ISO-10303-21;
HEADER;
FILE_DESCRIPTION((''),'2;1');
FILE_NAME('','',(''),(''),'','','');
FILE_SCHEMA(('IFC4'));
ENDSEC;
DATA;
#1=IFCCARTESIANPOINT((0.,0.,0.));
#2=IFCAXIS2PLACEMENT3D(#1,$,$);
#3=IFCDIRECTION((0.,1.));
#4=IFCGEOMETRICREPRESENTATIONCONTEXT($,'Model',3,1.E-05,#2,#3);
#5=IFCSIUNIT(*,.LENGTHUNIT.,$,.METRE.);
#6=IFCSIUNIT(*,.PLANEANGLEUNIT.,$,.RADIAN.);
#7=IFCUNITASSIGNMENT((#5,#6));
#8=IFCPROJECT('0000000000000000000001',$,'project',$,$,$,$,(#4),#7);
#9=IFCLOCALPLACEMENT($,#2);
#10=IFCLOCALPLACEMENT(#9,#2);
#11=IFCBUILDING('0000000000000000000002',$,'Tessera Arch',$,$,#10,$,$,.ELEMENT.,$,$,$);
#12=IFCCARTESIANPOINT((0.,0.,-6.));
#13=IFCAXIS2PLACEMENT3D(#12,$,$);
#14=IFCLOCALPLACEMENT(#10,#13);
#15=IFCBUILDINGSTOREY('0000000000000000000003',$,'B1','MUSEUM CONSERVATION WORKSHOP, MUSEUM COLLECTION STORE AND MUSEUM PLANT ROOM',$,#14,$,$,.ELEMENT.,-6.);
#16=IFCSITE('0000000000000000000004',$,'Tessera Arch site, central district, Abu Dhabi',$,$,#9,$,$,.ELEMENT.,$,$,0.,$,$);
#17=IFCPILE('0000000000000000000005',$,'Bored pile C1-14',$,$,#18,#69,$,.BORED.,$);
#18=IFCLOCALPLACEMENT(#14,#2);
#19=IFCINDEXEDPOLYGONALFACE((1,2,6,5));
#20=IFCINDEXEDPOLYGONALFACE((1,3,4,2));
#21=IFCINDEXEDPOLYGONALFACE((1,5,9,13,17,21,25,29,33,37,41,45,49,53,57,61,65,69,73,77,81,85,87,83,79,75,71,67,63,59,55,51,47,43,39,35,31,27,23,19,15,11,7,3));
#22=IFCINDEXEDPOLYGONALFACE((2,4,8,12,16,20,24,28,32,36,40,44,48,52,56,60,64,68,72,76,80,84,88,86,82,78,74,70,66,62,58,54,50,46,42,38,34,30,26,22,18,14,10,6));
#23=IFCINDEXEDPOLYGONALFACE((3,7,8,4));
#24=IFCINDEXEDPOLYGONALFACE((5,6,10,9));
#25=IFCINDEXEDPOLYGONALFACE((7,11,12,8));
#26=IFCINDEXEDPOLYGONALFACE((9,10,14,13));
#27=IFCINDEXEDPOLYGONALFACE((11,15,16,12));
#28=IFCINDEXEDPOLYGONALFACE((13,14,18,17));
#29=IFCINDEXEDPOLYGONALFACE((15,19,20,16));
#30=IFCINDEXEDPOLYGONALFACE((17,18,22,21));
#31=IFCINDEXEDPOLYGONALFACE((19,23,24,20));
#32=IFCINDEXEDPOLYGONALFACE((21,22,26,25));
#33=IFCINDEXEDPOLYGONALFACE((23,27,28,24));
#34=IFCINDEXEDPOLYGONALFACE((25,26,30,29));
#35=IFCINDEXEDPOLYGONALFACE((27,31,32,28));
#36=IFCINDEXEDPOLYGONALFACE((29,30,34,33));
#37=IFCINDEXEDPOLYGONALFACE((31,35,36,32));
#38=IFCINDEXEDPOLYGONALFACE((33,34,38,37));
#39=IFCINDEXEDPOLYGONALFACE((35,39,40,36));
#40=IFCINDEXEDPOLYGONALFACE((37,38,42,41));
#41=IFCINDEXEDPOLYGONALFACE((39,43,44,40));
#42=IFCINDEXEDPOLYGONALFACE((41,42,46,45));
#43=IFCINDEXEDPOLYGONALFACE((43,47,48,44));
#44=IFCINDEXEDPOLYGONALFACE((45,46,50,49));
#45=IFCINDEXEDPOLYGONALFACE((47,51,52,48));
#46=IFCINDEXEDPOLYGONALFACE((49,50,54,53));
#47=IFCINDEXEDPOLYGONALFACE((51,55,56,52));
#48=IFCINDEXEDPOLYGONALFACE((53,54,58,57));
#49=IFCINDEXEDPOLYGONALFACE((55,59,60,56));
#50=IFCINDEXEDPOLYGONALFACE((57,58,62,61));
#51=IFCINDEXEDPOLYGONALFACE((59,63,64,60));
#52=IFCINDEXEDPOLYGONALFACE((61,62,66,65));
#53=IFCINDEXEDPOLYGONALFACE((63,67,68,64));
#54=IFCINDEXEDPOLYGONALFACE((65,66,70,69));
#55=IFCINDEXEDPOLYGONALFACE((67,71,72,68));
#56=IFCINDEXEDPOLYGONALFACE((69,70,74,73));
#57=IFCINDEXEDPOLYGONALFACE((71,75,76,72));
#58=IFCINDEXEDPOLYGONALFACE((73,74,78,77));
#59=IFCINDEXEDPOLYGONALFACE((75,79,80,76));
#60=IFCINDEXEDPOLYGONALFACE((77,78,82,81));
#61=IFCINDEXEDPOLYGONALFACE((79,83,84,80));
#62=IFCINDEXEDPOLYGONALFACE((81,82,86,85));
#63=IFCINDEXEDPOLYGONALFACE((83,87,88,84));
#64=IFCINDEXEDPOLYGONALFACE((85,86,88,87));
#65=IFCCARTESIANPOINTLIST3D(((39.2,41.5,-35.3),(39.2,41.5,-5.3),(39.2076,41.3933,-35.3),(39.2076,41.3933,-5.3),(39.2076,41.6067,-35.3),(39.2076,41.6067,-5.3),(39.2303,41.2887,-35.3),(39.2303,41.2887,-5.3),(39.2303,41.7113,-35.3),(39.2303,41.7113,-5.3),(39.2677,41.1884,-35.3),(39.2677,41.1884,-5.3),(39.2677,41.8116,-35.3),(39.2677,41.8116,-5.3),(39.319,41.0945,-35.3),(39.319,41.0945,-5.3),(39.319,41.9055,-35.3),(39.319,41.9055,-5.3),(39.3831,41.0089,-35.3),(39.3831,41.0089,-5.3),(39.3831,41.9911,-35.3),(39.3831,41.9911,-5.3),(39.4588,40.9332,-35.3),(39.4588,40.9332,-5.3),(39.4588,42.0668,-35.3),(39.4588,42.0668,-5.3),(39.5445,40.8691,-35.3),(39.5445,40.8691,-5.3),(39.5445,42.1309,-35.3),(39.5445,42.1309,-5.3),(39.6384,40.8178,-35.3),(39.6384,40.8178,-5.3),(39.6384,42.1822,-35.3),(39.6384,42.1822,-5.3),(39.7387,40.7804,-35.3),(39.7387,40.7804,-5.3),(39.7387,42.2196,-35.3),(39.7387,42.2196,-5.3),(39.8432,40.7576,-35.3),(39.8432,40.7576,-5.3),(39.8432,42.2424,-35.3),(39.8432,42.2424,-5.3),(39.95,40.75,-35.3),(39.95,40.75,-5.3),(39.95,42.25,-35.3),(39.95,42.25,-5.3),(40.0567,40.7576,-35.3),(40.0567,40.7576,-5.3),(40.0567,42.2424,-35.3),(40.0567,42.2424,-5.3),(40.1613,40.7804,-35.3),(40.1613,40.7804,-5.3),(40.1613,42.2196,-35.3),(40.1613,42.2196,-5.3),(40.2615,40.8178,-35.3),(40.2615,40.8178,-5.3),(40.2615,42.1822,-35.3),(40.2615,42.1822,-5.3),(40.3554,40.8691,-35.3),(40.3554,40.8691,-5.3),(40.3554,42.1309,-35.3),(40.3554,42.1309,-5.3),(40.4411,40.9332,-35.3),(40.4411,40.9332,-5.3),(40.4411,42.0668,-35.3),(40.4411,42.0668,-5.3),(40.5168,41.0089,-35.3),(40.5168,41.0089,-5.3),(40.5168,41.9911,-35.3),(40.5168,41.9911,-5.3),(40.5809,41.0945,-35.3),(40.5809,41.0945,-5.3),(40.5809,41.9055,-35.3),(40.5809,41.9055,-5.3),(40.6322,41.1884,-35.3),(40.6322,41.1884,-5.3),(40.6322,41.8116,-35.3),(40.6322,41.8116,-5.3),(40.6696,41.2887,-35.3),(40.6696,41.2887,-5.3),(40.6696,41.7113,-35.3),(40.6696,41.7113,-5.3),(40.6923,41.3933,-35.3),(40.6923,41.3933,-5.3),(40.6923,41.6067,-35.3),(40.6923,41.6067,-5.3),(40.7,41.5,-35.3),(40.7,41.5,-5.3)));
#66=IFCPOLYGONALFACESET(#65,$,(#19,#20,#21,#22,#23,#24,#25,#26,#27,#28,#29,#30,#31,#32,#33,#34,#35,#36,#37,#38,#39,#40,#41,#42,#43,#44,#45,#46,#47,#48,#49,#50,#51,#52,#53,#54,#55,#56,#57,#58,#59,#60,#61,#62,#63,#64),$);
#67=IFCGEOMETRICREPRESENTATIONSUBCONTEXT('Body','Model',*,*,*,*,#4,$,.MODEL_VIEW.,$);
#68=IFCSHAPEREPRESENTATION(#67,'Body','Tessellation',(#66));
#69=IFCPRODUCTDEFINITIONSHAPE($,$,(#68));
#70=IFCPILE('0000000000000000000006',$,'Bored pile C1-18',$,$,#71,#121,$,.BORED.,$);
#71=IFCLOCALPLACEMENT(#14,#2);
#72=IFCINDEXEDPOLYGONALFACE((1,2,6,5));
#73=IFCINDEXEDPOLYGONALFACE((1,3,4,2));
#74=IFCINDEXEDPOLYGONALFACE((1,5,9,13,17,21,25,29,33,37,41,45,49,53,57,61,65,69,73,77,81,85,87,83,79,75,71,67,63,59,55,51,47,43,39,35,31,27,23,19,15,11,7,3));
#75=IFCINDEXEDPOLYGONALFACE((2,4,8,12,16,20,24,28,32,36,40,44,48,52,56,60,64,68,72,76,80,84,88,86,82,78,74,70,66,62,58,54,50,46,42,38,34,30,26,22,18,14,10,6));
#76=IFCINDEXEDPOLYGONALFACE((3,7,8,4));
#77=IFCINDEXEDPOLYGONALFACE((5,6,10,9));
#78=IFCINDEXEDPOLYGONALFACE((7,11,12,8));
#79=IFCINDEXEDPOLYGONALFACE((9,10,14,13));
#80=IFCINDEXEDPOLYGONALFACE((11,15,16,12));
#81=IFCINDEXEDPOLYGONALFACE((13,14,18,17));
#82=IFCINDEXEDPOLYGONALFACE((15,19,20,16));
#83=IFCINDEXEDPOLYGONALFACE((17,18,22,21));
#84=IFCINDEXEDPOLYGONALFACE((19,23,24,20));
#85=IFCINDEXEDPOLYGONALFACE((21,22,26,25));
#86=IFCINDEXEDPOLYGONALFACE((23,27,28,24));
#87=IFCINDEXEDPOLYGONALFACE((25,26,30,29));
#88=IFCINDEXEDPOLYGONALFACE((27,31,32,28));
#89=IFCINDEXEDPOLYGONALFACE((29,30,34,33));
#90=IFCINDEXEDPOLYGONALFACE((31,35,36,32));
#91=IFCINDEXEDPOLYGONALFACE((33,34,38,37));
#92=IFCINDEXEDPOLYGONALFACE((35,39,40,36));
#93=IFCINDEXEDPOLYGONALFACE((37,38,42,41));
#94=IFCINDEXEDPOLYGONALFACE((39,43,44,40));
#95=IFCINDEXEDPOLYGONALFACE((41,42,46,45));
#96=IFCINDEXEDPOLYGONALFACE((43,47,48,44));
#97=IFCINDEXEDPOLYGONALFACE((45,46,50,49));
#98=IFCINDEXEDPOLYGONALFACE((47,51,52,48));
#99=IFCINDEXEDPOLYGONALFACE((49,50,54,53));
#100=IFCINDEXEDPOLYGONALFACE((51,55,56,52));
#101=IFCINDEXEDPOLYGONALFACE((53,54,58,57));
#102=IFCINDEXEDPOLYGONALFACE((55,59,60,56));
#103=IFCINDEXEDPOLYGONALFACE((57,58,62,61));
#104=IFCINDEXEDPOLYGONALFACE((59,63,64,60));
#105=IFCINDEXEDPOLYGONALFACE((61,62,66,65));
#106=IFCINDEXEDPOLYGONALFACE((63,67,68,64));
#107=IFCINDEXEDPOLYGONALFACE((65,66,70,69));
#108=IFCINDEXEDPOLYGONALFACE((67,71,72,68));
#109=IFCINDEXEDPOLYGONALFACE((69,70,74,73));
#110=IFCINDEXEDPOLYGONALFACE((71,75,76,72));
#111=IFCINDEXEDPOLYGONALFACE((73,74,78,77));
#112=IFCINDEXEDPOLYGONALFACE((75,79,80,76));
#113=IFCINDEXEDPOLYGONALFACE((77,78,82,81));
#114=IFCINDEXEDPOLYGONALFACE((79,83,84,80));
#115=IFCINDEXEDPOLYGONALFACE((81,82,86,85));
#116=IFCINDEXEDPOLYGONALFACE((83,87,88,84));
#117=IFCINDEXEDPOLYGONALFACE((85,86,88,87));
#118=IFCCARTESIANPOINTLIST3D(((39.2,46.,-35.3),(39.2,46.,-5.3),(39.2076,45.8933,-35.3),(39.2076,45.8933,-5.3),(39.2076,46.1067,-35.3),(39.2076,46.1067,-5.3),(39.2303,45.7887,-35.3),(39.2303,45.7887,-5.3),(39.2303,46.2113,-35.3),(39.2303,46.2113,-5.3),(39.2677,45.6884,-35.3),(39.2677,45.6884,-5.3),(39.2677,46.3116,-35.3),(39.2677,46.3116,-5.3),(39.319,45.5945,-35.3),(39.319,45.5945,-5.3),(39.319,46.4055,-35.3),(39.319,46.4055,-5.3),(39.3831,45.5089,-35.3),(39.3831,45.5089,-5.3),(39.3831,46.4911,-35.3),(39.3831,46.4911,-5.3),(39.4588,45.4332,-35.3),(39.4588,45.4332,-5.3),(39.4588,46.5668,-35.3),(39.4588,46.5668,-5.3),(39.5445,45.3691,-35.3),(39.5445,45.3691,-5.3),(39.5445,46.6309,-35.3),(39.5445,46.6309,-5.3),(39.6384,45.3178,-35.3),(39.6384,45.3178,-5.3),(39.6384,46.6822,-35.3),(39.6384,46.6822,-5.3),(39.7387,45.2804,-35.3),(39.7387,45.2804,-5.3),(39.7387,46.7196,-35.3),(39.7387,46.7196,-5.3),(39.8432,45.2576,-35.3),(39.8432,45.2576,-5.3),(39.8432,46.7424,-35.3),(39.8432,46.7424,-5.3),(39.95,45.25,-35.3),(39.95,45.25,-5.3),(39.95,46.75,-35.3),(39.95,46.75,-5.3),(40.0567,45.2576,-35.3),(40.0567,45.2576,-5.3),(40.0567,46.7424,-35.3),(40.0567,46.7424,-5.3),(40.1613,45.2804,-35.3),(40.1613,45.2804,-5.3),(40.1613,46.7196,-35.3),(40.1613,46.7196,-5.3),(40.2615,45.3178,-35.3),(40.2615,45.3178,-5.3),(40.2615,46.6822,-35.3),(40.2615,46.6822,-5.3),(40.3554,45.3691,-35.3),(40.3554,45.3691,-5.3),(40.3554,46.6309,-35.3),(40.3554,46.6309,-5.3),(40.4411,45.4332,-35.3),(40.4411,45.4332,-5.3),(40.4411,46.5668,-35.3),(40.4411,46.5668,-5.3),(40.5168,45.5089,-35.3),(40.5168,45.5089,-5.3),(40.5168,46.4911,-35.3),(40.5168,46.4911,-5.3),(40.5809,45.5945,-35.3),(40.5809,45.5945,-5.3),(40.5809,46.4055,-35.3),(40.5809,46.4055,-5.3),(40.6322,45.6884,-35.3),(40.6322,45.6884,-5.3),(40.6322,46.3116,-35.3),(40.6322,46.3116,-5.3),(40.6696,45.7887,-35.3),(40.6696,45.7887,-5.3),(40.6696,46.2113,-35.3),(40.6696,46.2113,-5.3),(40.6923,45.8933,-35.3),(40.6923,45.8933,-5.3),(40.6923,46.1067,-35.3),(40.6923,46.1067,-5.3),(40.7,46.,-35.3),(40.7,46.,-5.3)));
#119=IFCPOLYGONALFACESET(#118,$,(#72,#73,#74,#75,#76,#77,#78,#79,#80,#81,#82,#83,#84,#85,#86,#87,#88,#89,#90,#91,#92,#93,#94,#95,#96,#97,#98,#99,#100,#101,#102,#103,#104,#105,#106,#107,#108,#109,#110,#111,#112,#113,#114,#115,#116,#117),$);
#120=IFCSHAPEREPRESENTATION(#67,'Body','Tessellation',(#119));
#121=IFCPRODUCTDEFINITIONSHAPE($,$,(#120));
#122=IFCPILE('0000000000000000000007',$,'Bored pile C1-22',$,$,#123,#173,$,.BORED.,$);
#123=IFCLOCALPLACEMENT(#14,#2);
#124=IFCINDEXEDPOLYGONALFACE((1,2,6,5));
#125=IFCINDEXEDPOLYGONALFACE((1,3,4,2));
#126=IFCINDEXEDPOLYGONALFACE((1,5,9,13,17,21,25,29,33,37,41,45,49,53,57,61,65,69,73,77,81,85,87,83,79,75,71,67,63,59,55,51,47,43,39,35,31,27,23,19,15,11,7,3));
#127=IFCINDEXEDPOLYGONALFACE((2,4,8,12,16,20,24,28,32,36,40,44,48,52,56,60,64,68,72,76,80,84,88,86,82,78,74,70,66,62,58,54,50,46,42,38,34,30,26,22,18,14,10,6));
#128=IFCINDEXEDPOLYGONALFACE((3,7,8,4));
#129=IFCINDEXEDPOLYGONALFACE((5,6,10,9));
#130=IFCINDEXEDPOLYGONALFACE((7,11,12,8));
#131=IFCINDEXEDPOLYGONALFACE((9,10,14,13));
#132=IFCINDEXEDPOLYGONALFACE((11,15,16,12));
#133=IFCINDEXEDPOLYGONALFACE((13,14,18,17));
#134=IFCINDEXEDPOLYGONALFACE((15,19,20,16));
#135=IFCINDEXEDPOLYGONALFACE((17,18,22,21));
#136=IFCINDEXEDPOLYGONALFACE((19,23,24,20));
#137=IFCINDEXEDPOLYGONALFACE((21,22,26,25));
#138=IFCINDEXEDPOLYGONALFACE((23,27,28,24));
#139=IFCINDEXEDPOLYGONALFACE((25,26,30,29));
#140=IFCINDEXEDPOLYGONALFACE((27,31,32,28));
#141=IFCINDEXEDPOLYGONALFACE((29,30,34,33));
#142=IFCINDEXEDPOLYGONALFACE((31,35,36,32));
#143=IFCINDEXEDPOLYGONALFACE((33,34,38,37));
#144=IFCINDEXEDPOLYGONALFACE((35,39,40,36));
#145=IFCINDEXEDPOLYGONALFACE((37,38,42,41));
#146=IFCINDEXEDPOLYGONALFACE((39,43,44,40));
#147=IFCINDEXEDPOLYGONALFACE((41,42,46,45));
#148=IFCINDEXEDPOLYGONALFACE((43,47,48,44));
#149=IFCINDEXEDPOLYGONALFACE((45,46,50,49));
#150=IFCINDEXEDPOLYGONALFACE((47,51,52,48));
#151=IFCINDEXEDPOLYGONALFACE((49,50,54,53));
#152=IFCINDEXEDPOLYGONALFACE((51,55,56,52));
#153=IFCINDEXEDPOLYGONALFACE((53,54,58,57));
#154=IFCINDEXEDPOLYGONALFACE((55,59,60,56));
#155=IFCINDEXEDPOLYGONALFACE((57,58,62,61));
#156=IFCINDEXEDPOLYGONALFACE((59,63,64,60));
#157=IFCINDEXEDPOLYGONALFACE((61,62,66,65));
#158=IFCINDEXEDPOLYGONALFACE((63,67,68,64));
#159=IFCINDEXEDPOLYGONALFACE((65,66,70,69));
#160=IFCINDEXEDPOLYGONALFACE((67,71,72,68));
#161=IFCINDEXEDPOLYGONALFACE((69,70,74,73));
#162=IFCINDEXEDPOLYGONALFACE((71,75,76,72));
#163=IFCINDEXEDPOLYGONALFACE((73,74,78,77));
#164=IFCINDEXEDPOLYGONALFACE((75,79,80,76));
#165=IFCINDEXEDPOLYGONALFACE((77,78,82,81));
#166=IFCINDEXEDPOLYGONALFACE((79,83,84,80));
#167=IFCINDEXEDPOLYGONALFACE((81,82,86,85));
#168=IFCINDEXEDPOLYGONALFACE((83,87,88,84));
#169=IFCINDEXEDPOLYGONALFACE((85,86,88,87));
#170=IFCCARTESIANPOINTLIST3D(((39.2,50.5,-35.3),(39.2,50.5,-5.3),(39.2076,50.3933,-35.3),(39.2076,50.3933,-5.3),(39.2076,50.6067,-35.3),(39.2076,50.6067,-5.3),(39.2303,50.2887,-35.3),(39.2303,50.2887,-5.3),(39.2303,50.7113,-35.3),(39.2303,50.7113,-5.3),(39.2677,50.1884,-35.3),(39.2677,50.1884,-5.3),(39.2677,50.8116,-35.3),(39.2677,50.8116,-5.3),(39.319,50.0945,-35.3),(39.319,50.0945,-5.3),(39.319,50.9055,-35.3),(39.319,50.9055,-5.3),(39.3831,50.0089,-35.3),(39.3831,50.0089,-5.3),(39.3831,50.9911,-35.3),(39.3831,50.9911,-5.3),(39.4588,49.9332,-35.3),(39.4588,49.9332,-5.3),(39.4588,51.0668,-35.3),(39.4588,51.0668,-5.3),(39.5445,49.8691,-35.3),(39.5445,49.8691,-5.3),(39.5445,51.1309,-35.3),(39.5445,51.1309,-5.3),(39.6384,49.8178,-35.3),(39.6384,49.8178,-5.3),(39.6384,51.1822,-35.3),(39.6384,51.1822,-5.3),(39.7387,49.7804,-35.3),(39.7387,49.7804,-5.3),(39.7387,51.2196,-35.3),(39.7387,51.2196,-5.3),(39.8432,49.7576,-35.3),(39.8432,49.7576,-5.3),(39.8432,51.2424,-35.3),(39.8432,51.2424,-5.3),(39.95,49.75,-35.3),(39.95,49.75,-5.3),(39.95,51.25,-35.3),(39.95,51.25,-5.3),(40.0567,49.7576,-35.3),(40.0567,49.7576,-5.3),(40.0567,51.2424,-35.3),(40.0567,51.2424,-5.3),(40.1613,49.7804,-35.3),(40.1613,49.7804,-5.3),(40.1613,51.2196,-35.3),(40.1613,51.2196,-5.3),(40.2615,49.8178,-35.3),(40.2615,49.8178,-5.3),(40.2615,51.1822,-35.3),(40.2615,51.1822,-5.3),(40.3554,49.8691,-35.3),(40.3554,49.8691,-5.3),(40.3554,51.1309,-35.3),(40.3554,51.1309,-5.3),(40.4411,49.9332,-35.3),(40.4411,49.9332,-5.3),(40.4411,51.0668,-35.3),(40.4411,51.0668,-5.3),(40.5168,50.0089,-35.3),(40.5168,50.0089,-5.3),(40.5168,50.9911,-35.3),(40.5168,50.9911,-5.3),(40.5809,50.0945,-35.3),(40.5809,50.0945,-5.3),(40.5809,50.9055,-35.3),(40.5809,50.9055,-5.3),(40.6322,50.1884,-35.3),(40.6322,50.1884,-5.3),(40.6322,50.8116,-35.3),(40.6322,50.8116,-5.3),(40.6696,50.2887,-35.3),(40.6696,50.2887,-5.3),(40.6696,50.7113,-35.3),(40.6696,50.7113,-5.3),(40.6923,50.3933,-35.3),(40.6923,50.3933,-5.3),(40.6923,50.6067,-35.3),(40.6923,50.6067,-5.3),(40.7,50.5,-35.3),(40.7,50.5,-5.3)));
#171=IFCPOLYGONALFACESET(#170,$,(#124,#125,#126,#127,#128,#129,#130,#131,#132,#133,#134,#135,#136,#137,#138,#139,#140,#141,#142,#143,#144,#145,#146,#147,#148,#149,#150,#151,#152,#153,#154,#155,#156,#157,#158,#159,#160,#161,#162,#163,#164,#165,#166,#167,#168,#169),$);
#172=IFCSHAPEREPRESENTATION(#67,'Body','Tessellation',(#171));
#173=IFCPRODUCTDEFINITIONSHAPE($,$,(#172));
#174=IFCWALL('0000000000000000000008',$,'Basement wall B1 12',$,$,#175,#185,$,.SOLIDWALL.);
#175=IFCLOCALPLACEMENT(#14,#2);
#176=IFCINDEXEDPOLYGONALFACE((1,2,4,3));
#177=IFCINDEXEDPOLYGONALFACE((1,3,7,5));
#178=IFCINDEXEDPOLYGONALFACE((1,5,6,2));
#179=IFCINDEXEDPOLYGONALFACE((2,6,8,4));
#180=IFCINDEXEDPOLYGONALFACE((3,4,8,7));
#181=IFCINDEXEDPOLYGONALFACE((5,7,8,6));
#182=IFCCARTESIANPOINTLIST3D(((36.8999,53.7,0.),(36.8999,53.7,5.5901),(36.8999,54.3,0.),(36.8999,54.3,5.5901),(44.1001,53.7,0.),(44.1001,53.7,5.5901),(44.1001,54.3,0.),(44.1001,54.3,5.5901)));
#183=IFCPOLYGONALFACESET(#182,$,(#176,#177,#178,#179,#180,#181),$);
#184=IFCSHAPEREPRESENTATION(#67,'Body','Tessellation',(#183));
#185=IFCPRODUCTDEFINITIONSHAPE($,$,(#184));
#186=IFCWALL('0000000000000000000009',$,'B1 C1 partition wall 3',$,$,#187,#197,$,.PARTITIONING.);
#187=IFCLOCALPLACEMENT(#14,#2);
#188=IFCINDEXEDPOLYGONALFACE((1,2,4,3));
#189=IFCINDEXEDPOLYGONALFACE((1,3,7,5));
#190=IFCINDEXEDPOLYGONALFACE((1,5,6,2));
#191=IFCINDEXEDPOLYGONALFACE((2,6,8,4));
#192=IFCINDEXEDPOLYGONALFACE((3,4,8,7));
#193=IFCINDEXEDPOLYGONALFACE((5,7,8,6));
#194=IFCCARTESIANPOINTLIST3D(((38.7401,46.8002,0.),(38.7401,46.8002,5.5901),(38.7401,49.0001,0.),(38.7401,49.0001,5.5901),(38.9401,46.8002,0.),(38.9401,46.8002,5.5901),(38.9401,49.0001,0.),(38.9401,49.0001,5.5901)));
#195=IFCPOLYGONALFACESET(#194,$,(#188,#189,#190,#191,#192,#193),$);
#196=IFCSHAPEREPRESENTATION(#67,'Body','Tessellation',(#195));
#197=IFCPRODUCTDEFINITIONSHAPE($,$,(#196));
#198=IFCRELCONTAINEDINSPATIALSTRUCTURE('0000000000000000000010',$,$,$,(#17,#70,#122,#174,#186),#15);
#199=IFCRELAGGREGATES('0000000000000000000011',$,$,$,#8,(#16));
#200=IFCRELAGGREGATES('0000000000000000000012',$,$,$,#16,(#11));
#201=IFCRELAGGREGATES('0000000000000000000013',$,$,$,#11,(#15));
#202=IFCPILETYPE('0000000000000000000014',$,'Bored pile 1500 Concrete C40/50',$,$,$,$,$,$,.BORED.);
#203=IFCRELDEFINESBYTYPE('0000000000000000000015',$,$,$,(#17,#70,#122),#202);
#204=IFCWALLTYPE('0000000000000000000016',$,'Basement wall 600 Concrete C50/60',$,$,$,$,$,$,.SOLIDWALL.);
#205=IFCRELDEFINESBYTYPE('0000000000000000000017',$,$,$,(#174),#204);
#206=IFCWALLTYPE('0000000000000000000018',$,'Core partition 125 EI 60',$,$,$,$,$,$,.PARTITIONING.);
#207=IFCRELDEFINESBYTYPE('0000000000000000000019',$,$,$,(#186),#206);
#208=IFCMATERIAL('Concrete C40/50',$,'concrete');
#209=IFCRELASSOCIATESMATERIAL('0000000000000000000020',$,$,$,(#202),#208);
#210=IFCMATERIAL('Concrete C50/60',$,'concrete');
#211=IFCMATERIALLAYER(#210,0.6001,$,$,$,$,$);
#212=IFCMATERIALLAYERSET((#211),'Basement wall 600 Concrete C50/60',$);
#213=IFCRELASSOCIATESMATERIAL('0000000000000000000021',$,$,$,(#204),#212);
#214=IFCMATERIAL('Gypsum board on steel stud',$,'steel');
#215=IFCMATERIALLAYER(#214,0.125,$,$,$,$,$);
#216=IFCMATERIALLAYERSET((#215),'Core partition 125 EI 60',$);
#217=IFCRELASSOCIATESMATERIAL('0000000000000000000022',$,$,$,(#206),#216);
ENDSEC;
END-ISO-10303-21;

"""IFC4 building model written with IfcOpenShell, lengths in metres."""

from ifc_helpers import new_model, si_unit, direction, frame, frame_2d, origin, origin_2d, place, context, subcontext, project, spatial, rectangle, circle, extrude, material, layer, layer_set, type_object, element, save


model = new_model("IFC4")

# Units and contexts
model_context = context("Model", 3, precision=1e-05, world=origin(), true_north=direction((0.0, 1.0)))
body_context = subcontext(model_context, "Body", "Model", "MODEL_VIEW")
ifc_project = project(units=[si_unit("LENGTHUNIT", "METRE"), si_unit("PLANEANGLEUNIT", "RADIAN")], contexts=[model_context])

# Site, building, storey
site_placement = place(None, origin())
site = spatial("IfcSite", under=ifc_project, at=site_placement, Name="Tessera Arch site, central district, Abu Dhabi", CompositionType="ELEMENT", RefElevation=0.0)
building_placement = place(site_placement, origin())
building = spatial("IfcBuilding", under=site, at=building_placement, Name="Tessera Arch", CompositionType="ELEMENT")
storey_placement = place(building_placement, frame((0.0, 0.0, -6.0)))
storey = spatial("IfcBuildingStorey", under=building, at=storey_placement, Name="B1", Description="MUSEUM CONSERVATION WORKSHOP, MUSEUM COLLECTION STORE AND MUSEUM PLANT ROOM", CompositionType="ELEMENT", Elevation=-6.0)

# Piles
ifc_material_1 = material(Name="Concrete C40/50", Category="concrete")
pile_type = type_object("IfcPileType", Name="Bored pile 1500 Concrete C40/50", PredefinedType="BORED", material=ifc_material_1)
for number, where, z_axis, x_axis, name in (
    (1, (39.95, 41.5, -5.3), (0.0, 0.0, -1.0), (1.0, 0.0, 0.0), "Bored pile C1-14"),
    (2, (39.95, 46.0, -5.3), (0.0, 0.0, -1.0), (1.0, 0.0, 0.0), "Bored pile C1-18"),
    (3, (39.95, 50.5, -5.3), (0.0, 0.0, -1.0), (1.0, 0.0, 0.0), "Bored pile C1-22"),
):
    element("IfcPile", number, at=place(storey_placement, frame(where, z_axis=z_axis, x_axis=x_axis)), inside=storey, type_object=pile_type, Name=name, PredefinedType="BORED", context=body_context, shape_type="SweptSolid", body=[
        extrude(circle(Radius=0.75, at=origin_2d()), origin(), (0.0, 0.0, 1.0), 30.0),
    ])

# Walls
ifc_material_2 = material(Name="Concrete C50/60", Category="concrete")
ifc_layer_1 = layer(ifc_material_2, 0.6001)
ifc_layer_set_1 = layer_set([ifc_layer_1], Name="Basement wall 600 Concrete C50/60")
wall_type_1 = type_object("IfcWallType", Name="Basement wall 600 Concrete C50/60", PredefinedType="SOLIDWALL", material=ifc_layer_set_1)
wall_1_placement = place(storey_placement, frame((44.1001, 54.0, 0.0), z_axis=(0.0, 0.0, 1.0), x_axis=(-1.0, 0.0, 0.0)))
element("IfcWall", 4, at=wall_1_placement, inside=storey, type_object=wall_type_1, Name="Basement wall B1 12", PredefinedType="SOLIDWALL", context=body_context, shape_type="SweptSolid", body=[
    extrude(rectangle(XDim=7.2002, YDim=0.6001, at=frame_2d((3.6001, 0.0))), origin(), (0.0, 0.0, 1.0), 5.5901),
])
ifc_material_3 = material(Name="Gypsum board on steel stud", Category="steel")
ifc_layer_2 = layer(ifc_material_3, 0.125)
ifc_layer_set_2 = layer_set([ifc_layer_2], Name="Core partition 125 EI 60")
wall_type_2 = type_object("IfcWallType", Name="Core partition 125 EI 60", PredefinedType="PARTITIONING", material=ifc_layer_set_2)
wall_2_placement = place(storey_placement, frame((38.8401, 46.8, 0.0), z_axis=(0.0, 0.0, 1.0), x_axis=(0.0, 1.0, 0.0)))
element("IfcWall", 5, at=wall_2_placement, inside=storey, type_object=wall_type_2, Name="B1 C1 partition wall 3", PredefinedType="PARTITIONING", context=body_context, shape_type="SweptSolid", body=[
    extrude(rectangle(XDim=2.2, YDim=0.2, at=frame_2d((1.1001, 0.0))), origin(), (0.0, 0.0, 1.0), 5.5901),
])

save(model, "model.ifc")
